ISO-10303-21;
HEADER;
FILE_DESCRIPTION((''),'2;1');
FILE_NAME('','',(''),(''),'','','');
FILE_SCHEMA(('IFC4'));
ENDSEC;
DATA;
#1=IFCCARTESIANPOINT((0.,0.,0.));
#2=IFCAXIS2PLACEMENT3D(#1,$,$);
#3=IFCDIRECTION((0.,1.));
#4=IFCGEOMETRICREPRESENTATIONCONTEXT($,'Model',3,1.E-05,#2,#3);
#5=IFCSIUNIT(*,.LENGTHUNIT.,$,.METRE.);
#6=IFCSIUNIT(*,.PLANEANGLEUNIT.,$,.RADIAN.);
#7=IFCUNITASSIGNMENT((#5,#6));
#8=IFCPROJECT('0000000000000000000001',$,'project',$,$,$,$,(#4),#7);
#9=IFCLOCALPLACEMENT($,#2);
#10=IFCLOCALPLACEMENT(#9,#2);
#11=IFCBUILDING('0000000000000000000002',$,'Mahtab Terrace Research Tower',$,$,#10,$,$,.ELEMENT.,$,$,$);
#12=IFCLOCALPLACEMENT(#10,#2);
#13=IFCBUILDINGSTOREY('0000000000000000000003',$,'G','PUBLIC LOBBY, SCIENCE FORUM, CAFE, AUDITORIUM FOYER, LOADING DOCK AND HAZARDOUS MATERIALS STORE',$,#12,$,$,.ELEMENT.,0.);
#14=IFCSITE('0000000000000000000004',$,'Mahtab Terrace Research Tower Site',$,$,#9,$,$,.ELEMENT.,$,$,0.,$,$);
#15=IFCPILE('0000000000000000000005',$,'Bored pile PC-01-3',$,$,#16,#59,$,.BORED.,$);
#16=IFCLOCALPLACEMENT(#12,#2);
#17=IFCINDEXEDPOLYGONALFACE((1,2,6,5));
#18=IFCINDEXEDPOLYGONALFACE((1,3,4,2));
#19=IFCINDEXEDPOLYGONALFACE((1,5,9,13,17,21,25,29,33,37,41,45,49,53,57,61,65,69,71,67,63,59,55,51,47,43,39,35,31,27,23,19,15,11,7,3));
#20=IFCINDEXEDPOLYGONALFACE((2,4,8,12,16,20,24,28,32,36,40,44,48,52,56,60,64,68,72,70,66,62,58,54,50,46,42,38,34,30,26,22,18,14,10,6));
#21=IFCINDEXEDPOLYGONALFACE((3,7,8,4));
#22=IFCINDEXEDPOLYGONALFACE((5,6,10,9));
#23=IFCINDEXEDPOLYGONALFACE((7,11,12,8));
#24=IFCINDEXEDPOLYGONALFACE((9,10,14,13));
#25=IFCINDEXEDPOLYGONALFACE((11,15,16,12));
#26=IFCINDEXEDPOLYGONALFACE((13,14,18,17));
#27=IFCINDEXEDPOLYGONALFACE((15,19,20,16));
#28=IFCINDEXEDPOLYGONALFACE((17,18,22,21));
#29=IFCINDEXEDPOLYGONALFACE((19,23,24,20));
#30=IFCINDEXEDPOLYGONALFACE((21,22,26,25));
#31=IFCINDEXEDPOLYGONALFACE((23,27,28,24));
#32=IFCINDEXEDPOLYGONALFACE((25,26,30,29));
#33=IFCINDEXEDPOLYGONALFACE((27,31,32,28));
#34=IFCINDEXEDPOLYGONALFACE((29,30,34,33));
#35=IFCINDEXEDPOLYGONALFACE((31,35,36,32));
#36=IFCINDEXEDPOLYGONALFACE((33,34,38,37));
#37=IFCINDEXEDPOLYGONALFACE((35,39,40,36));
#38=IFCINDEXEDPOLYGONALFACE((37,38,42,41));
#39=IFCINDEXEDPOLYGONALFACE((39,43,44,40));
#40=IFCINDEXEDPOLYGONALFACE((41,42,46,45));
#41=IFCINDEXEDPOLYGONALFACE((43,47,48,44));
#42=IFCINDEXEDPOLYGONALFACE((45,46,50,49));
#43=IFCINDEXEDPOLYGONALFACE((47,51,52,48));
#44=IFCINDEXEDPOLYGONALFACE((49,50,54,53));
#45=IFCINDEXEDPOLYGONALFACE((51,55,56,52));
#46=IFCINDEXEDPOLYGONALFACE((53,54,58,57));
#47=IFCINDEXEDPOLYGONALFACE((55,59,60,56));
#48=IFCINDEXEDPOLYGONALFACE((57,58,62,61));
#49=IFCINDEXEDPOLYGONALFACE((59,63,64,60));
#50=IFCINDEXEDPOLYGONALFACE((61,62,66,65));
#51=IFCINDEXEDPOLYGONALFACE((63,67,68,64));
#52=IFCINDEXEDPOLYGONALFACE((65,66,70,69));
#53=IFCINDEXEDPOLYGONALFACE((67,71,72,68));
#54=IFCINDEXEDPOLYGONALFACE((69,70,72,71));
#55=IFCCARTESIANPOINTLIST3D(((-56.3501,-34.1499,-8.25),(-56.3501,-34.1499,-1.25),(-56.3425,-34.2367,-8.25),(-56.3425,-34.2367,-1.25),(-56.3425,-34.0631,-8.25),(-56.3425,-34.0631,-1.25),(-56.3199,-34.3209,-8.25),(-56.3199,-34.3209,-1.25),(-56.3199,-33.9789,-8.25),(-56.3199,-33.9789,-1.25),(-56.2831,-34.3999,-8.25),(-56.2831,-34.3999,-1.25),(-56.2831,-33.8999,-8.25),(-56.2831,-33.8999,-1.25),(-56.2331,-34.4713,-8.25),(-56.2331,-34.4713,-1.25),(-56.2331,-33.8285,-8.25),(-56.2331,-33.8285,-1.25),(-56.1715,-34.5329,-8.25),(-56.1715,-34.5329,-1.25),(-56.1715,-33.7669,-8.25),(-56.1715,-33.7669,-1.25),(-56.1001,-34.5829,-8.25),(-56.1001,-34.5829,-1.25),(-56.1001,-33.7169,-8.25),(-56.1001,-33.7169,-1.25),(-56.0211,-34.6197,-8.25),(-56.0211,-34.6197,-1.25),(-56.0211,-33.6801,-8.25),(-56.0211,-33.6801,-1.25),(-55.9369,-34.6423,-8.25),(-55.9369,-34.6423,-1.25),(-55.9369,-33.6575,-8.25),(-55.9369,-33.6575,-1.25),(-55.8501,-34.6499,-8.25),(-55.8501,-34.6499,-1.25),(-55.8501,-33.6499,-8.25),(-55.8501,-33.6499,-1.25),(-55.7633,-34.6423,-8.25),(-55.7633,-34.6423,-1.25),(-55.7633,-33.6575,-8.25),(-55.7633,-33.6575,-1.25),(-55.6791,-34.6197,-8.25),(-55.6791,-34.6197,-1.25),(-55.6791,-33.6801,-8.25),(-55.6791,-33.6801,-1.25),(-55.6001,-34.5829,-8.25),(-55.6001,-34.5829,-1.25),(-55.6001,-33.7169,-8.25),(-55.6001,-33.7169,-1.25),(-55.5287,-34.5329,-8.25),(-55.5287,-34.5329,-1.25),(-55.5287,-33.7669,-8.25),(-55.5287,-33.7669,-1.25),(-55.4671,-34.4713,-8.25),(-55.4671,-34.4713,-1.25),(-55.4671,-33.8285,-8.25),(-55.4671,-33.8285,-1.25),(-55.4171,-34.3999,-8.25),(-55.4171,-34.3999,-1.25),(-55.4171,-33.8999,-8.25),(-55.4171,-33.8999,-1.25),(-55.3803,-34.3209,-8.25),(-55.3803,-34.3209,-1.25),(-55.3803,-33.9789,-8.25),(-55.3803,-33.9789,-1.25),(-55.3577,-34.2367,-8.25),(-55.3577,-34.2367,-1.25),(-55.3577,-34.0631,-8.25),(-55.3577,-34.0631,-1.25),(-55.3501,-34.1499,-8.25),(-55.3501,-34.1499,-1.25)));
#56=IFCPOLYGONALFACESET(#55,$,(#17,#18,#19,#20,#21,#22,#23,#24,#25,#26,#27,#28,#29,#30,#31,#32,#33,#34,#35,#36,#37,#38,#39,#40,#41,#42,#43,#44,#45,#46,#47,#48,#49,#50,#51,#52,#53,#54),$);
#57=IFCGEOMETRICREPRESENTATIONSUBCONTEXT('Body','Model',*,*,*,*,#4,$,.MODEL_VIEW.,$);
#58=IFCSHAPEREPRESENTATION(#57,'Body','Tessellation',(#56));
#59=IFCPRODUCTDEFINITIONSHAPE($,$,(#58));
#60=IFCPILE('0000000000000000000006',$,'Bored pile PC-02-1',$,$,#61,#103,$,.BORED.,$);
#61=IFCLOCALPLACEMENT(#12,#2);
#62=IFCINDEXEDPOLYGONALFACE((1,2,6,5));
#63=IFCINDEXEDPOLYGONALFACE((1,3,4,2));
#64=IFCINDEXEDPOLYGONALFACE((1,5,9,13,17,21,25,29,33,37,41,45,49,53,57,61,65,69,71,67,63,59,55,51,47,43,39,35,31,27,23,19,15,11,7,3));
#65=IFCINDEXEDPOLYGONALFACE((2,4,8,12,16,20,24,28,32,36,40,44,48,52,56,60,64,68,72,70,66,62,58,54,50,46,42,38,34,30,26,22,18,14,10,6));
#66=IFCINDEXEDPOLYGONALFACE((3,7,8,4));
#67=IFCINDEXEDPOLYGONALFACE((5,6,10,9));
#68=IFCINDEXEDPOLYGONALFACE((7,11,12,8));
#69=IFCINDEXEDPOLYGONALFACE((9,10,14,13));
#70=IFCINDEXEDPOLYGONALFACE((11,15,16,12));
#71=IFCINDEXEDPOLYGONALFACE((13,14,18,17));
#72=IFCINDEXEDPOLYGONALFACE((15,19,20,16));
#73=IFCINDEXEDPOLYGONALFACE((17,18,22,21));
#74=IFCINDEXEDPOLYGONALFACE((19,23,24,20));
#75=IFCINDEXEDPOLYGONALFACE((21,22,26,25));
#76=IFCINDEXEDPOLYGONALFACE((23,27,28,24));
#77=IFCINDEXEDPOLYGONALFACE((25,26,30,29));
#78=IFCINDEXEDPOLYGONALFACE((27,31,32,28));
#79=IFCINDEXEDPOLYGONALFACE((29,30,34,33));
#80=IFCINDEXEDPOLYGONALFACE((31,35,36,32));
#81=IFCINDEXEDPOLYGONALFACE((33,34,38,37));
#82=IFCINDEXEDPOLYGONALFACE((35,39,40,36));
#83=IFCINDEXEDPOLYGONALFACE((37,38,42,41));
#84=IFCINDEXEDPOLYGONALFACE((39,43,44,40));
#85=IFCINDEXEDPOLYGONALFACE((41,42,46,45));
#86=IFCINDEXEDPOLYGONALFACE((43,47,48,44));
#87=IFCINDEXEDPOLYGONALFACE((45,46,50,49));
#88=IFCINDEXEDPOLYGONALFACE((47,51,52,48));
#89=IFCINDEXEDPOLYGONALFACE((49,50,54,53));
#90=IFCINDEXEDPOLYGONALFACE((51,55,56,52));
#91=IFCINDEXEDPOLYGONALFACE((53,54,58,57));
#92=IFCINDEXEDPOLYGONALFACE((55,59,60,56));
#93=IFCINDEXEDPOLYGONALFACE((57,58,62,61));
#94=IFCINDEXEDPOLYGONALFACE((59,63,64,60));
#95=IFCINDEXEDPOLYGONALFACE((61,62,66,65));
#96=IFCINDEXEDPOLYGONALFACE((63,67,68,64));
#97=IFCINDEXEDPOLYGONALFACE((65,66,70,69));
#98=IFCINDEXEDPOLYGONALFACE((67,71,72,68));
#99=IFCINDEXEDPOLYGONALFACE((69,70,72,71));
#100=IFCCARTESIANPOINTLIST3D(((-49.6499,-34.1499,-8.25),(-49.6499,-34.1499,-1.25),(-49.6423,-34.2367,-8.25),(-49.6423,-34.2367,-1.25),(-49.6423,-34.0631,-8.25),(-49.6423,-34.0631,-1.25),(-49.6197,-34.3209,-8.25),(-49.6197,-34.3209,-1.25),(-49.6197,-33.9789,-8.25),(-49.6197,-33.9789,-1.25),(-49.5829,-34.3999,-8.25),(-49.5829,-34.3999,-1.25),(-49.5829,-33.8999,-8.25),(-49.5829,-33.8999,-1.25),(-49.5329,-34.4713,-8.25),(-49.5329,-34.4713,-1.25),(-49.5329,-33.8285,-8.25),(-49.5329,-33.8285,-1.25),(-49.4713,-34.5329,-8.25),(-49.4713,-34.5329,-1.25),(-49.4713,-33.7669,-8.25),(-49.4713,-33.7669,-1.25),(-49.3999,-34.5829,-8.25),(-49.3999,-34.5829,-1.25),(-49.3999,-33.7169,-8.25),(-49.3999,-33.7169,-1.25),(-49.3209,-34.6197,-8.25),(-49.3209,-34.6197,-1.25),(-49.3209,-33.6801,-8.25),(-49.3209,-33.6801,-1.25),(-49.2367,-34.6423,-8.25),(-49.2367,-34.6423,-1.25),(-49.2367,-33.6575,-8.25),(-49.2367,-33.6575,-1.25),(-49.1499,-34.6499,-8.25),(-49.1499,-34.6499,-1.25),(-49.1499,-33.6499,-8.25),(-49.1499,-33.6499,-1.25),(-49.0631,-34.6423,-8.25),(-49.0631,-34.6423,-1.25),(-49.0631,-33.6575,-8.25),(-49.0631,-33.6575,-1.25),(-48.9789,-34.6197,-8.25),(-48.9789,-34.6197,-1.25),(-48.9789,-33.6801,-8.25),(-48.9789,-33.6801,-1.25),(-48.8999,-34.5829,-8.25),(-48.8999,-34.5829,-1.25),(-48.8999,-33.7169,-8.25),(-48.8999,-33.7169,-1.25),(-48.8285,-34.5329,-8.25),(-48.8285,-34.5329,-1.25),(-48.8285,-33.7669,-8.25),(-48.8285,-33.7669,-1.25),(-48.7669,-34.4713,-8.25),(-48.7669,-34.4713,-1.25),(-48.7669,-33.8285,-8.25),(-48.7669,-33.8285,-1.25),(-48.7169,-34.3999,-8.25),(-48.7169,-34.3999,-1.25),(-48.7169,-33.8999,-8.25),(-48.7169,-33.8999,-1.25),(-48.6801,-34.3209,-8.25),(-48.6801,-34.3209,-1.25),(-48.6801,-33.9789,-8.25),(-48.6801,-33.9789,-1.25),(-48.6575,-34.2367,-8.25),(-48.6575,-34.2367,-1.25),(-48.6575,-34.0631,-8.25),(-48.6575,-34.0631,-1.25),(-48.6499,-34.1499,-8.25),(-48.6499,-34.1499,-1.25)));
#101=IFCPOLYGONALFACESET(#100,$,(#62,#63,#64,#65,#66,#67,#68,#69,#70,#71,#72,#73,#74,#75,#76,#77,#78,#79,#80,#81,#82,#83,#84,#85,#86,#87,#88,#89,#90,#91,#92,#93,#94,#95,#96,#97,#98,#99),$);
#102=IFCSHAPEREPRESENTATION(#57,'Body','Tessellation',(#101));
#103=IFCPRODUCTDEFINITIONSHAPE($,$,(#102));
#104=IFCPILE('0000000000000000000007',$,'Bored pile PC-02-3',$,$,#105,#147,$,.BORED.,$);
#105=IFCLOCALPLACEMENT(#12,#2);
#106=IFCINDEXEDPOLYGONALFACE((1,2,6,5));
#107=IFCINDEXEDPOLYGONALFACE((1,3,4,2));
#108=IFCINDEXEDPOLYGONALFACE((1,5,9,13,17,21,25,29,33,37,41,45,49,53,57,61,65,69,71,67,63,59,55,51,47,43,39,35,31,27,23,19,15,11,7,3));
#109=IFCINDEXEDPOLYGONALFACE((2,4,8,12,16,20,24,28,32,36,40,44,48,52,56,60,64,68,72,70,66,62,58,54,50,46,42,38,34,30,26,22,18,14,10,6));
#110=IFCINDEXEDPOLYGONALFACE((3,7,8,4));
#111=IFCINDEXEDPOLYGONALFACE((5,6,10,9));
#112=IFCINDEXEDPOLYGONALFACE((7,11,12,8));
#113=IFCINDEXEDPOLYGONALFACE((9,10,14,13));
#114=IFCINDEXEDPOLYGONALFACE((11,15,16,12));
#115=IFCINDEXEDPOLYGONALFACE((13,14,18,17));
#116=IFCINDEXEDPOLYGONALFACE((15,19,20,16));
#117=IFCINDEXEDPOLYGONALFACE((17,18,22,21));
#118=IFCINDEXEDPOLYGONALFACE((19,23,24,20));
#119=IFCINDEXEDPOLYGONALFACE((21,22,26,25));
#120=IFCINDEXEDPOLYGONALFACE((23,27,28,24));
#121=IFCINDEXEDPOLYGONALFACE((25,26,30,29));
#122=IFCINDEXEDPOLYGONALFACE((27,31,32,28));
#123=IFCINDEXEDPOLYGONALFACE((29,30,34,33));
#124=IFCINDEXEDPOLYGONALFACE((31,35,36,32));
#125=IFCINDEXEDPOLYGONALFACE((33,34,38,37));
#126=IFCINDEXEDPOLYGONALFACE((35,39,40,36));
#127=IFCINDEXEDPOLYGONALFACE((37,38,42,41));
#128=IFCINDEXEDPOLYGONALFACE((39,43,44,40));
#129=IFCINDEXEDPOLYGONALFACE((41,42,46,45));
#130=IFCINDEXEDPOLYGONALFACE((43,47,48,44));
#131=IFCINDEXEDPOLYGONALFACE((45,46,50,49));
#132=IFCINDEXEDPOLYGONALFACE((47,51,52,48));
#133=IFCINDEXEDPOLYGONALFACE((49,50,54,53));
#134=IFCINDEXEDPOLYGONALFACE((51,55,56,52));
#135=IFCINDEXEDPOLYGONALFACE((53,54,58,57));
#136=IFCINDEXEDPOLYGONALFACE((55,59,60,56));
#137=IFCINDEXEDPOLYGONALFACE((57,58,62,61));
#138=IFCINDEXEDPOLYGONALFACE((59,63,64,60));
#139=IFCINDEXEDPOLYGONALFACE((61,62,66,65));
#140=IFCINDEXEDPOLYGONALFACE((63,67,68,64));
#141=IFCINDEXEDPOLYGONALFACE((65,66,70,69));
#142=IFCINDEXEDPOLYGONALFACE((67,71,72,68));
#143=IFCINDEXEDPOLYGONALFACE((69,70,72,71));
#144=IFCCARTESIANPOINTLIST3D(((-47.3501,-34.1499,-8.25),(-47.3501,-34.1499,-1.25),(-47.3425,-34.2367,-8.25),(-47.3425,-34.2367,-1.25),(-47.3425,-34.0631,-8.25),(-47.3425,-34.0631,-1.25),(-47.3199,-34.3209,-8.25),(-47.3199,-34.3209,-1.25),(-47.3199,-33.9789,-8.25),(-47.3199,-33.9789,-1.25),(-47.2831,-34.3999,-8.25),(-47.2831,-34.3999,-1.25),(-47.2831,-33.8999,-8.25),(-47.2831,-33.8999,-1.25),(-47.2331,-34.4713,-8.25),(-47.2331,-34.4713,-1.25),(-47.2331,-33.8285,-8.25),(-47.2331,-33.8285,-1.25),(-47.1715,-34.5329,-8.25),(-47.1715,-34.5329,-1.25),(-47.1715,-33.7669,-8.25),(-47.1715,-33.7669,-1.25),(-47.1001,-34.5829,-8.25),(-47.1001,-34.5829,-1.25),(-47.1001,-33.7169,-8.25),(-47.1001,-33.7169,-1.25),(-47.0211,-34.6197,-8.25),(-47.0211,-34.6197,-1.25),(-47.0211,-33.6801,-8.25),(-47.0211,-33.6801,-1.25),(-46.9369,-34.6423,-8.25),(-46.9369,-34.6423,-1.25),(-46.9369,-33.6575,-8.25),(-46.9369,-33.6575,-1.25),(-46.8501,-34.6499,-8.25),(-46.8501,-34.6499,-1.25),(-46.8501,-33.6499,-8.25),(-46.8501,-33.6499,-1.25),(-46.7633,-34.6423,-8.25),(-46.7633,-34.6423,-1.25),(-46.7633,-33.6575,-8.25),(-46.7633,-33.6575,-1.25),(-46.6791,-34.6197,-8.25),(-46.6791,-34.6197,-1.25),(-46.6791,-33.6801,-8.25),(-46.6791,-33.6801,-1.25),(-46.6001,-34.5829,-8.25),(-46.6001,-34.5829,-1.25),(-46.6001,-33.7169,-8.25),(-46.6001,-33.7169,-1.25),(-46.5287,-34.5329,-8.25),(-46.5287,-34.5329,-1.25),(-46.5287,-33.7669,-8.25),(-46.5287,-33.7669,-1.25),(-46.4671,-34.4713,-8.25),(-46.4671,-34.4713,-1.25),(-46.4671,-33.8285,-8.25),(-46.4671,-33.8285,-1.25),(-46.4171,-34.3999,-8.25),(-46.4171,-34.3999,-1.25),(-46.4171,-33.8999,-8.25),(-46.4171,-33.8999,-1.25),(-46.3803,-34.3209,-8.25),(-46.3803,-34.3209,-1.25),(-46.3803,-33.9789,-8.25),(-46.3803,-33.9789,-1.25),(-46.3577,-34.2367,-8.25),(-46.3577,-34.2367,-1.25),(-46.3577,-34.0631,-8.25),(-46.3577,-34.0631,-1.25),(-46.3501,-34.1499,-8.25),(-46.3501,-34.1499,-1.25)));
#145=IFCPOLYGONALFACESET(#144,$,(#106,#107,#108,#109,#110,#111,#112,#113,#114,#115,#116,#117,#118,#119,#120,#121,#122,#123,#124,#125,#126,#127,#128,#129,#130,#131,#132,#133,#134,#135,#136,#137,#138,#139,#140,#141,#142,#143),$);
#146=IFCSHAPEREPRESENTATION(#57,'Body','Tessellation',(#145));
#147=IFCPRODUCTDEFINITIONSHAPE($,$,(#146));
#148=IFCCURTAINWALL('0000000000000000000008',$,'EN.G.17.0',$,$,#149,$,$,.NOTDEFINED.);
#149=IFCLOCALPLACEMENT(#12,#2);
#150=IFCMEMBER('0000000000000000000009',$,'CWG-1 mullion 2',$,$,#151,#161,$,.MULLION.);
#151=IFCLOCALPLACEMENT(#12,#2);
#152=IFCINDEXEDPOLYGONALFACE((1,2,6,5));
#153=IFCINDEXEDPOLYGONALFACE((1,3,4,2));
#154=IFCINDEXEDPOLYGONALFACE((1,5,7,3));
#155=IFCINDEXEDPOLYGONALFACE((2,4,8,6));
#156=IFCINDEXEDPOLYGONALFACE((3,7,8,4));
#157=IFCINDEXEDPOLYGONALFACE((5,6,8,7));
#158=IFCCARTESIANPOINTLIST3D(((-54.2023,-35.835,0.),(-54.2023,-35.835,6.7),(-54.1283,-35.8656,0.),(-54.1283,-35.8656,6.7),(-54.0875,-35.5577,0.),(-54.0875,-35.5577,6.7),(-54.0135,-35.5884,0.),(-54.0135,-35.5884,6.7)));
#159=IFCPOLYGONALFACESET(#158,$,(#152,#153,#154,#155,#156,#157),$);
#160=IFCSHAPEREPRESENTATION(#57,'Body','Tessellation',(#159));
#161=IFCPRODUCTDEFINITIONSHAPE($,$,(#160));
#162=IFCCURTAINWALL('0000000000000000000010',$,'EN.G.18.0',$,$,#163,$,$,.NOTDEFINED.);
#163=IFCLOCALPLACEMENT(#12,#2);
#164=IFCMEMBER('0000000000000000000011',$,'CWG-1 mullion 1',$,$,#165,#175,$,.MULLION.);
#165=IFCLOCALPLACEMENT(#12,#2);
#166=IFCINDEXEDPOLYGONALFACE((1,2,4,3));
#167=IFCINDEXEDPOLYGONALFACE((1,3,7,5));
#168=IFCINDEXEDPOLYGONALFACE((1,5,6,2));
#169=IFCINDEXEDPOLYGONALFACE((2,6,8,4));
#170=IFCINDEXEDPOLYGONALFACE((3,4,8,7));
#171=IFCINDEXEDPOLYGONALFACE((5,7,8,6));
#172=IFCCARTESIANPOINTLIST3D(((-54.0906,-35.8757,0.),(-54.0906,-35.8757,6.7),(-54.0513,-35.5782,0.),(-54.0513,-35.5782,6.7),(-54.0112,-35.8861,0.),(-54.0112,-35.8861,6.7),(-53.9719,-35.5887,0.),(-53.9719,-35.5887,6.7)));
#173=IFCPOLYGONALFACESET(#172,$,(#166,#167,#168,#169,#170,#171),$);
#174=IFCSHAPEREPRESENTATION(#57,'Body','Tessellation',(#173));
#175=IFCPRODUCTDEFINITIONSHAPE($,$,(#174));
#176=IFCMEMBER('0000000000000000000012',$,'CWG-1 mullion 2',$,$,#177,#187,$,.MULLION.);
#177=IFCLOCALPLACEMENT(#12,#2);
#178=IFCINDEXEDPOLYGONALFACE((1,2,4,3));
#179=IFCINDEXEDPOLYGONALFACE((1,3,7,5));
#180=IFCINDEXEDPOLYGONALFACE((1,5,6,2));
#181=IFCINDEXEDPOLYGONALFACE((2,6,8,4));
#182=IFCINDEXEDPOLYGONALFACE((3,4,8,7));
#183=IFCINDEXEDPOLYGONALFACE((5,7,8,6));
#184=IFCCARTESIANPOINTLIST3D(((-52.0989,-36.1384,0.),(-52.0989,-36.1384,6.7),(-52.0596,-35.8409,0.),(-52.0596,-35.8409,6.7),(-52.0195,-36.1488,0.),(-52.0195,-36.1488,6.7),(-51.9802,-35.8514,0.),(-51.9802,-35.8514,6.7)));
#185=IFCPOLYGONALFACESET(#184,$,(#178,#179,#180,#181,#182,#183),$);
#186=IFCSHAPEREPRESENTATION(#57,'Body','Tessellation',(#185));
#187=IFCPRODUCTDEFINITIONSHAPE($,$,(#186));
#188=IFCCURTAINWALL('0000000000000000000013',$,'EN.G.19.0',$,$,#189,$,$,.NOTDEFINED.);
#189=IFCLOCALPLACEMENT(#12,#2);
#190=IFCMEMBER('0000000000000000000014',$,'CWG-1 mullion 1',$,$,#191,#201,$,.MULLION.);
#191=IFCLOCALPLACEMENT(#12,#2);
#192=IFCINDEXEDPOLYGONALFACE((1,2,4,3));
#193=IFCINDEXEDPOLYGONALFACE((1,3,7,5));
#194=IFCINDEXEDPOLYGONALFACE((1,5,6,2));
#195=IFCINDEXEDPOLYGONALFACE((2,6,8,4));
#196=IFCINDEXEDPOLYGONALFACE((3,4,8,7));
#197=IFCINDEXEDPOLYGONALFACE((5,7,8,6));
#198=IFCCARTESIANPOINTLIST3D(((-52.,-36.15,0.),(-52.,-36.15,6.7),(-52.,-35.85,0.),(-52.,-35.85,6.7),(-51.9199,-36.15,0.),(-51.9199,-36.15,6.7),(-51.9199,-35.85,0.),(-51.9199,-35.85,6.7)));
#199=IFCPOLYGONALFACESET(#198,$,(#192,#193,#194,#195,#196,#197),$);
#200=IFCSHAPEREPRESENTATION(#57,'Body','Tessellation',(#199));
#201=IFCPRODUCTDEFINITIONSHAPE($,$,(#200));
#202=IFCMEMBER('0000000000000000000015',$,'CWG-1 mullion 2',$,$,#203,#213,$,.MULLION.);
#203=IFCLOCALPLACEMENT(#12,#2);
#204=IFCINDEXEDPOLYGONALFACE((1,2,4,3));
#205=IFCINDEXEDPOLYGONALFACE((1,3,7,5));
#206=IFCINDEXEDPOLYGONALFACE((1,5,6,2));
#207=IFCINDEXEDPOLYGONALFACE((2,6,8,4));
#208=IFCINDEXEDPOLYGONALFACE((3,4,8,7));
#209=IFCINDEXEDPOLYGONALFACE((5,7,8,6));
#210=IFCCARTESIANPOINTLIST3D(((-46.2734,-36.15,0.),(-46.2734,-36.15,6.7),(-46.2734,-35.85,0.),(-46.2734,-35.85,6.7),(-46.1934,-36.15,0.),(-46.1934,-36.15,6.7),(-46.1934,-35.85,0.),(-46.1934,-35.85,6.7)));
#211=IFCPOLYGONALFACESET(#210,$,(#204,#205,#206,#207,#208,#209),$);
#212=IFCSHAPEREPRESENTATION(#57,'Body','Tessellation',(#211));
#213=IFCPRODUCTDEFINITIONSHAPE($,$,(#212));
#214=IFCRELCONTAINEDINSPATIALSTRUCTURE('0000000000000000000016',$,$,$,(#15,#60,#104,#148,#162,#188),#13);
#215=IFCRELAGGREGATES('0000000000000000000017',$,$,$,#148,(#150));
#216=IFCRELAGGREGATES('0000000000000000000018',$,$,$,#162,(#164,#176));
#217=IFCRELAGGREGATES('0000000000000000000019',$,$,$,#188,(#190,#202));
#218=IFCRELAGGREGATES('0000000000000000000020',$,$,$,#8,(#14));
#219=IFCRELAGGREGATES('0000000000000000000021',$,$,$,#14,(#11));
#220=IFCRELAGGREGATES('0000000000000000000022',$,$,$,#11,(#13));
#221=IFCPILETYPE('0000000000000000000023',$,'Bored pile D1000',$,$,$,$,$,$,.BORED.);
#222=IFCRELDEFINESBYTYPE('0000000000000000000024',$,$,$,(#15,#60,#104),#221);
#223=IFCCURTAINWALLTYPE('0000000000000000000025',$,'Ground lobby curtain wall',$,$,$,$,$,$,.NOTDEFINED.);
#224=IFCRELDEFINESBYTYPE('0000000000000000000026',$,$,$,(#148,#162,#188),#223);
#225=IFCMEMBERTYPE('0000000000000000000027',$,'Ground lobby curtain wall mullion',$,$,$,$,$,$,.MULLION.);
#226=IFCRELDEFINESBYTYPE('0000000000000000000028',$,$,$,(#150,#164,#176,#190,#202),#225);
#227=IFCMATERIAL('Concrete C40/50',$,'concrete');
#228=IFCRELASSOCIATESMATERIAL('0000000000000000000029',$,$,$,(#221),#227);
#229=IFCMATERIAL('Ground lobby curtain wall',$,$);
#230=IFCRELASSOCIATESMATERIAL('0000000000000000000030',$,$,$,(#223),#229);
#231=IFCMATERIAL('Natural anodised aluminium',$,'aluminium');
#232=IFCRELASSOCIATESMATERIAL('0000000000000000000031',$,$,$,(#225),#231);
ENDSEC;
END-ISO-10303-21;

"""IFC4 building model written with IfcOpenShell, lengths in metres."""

from ifc_helpers import new_model, si_unit, direction, frame, origin, origin_2d, place, context, subcontext, project, spatial, rectangle, circle, extrude, material, material_profile, profile_set, type_object, element, aggregate, save


model = new_model("IFC4")

# Units and contexts
model_context = context("Model", 3, precision=1e-05, world=origin(), true_north=direction((0.0, 1.0)))
body_context = subcontext(model_context, "Body", "Model", "MODEL_VIEW")
ifc_project = project(units=[si_unit("LENGTHUNIT", "METRE"), si_unit("PLANEANGLEUNIT", "RADIAN")], contexts=[model_context])

# Site, building, storey
site_placement = place(None, origin())
site = spatial("IfcSite", under=ifc_project, at=site_placement, Name="Mahtab Terrace Research Tower Site", CompositionType="ELEMENT", RefElevation=0.0)
building_placement = place(site_placement, origin())
building = spatial("IfcBuilding", under=site, at=building_placement, Name="Mahtab Terrace Research Tower", CompositionType="ELEMENT")
storey_placement = place(building_placement, origin())
storey = spatial("IfcBuildingStorey", under=building, at=storey_placement, Name="G", Description="PUBLIC LOBBY, SCIENCE FORUM, CAFE, AUDITORIUM FOYER, LOADING DOCK AND HAZARDOUS MATERIALS STORE", CompositionType="ELEMENT", Elevation=0.0)

# Piles
ifc_material_1 = material(Name="Concrete C40/50", Category="concrete")
ifc_material_profile_1 = material_profile(ifc_material_1, circle(Radius=0.5, at=origin_2d()), Name="Bored pile D1000")
ifc_profile_set_1 = profile_set([ifc_material_profile_1], Name="Concrete C40/50")
pile_type = type_object("IfcPileType", Name="Bored pile D1000", PredefinedType="BORED", material=ifc_profile_set_1)
for number, where, z_axis, x_axis, name in (
    (1, (-55.8501, -34.1499, -1.25), (0.0, 0.0, -1.0), (1.0, 0.0, 0.0), "Bored pile PC-01-3"),
    (2, (-49.1499, -34.1499, -1.25), (0.0, 0.0, -1.0), (1.0, 0.0, 0.0), "Bored pile PC-02-1"),
    (3, (-46.8501, -34.1499, -1.25), (0.0, 0.0, -1.0), (1.0, 0.0, 0.0), "Bored pile PC-02-3"),
):
    element("IfcPile", number, at=place(storey_placement, frame(where, z_axis=z_axis, x_axis=x_axis)), inside=storey, type_object=pile_type, Name=name, PredefinedType="BORED", context=body_context, shape_type="SweptSolid", body=[
        extrude(circle(Radius=0.5, at=origin_2d()), origin(), (0.0, 0.0, 1.0), 7.0),
    ])

# Curtain wall, member
ifc_material_2 = material(Name="Ground lobby curtain wall")
curtain_wall_type = type_object("IfcCurtainWallType", Name="Ground lobby curtain wall", PredefinedType="NOTDEFINED", material=ifc_material_2)
curtain_wall_1_placement = place(storey_placement, origin())
curtain_wall_1 = element("IfcCurtainWall", 4, at=curtain_wall_1_placement, inside=storey, type_object=curtain_wall_type, Name="EN.G.17.0", PredefinedType="NOTDEFINED")
ifc_material_3 = material(Name="Natural anodised aluminium", Category="aluminium")
ifc_material_profile_2 = material_profile(ifc_material_3, rectangle(XDim=0.3, YDim=0.0801, at=origin_2d()), Name="MULLION 80x300")
ifc_profile_set_2 = profile_set([ifc_material_profile_2], Name="Natural anodised aluminium")
member_type_1 = type_object("IfcMemberType", Name="Ground lobby curtain wall mullion", PredefinedType="MULLION", material=ifc_profile_set_2)
member_1_placement = place(storey_placement, frame((-54.1079, -35.7117, 0.0), z_axis=(0.0, 0.0, 1.0), x_axis=(0.382676, 0.923883, 0.0)))
member_1 = element("IfcMember", 5, at=member_1_placement, type_object=member_type_1, Name="CWG-1 mullion 2", PredefinedType="MULLION", context=body_context, shape_type="SweptSolid", body=[
    extrude(rectangle(XDim=0.3, YDim=0.0801, at=origin_2d()), origin(), (0.0, 0.0, 1.0), 6.7),
])

# Curtain walls, members
curtain_wall_2_placement = place(storey_placement, origin())
curtain_wall_2 = element("IfcCurtainWall", 6, at=curtain_wall_2_placement, inside=storey, type_object=curtain_wall_type, Name="EN.G.18.0", PredefinedType="NOTDEFINED")
member_2_placement = place(storey_placement, frame((-54.0312, -35.7322, 0.0), z_axis=(0.0, 0.0, 1.0), x_axis=(0.13069, 0.991423, 0.0)))
member_2 = element("IfcMember", 7, at=member_2_placement, type_object=member_type_1, Name="CWG-1 mullion 1", PredefinedType="MULLION", context=body_context, shape_type="SweptSolid", body=[
    extrude(rectangle(XDim=0.3, YDim=0.0801, at=origin_2d()), origin(), (0.0, 0.0, 1.0), 6.7),
])
member_3_placement = place(storey_placement, frame((-52.0396, -35.9949, 0.0), z_axis=(0.0, 0.0, 1.0), x_axis=(0.13069, 0.991423, 0.0)))
member_3 = element("IfcMember", 8, at=member_3_placement, type_object=member_type_1, Name="CWG-1 mullion 2", PredefinedType="MULLION", context=body_context, shape_type="SweptSolid", body=[
    extrude(rectangle(XDim=0.3, YDim=0.0801, at=origin_2d()), origin(), (0.0, 0.0, 1.0), 6.7),
])
curtain_wall_3_placement = place(storey_placement, origin())
curtain_wall_3 = element("IfcCurtainWall", 9, at=curtain_wall_3_placement, inside=storey, type_object=curtain_wall_type, Name="EN.G.19.0", PredefinedType="NOTDEFINED")
member_4_placement = place(storey_placement, frame((-51.96, -36.0, 0.0), z_axis=(0.0, 0.0, 1.0), x_axis=(0.0, 1.0, 0.0)))
member_4 = element("IfcMember", 10, at=member_4_placement, type_object=member_type_1, Name="CWG-1 mullion 1", PredefinedType="MULLION", context=body_context, shape_type="SweptSolid", body=[
    extrude(rectangle(XDim=0.3, YDim=0.0801, at=origin_2d()), origin(), (0.0, 0.0, 1.0), 6.7),
])
member_5_placement = place(storey_placement, frame((-46.2334, -36.0, 0.0), z_axis=(0.0, 0.0, 1.0), x_axis=(0.0, 1.0, 0.0)))
member_5 = element("IfcMember", 11, at=member_5_placement, type_object=member_type_1, Name="CWG-1 mullion 2", PredefinedType="MULLION", context=body_context, shape_type="SweptSolid", body=[
    extrude(rectangle(XDim=0.3, YDim=0.0801, at=origin_2d()), origin(), (0.0, 0.0, 1.0), 6.7),
])

aggregate(curtain_wall_1, [member_1])
aggregate(curtain_wall_2, [member_2, member_3])
aggregate(curtain_wall_3, [member_4, member_5])

save(model, "model.ifc")
